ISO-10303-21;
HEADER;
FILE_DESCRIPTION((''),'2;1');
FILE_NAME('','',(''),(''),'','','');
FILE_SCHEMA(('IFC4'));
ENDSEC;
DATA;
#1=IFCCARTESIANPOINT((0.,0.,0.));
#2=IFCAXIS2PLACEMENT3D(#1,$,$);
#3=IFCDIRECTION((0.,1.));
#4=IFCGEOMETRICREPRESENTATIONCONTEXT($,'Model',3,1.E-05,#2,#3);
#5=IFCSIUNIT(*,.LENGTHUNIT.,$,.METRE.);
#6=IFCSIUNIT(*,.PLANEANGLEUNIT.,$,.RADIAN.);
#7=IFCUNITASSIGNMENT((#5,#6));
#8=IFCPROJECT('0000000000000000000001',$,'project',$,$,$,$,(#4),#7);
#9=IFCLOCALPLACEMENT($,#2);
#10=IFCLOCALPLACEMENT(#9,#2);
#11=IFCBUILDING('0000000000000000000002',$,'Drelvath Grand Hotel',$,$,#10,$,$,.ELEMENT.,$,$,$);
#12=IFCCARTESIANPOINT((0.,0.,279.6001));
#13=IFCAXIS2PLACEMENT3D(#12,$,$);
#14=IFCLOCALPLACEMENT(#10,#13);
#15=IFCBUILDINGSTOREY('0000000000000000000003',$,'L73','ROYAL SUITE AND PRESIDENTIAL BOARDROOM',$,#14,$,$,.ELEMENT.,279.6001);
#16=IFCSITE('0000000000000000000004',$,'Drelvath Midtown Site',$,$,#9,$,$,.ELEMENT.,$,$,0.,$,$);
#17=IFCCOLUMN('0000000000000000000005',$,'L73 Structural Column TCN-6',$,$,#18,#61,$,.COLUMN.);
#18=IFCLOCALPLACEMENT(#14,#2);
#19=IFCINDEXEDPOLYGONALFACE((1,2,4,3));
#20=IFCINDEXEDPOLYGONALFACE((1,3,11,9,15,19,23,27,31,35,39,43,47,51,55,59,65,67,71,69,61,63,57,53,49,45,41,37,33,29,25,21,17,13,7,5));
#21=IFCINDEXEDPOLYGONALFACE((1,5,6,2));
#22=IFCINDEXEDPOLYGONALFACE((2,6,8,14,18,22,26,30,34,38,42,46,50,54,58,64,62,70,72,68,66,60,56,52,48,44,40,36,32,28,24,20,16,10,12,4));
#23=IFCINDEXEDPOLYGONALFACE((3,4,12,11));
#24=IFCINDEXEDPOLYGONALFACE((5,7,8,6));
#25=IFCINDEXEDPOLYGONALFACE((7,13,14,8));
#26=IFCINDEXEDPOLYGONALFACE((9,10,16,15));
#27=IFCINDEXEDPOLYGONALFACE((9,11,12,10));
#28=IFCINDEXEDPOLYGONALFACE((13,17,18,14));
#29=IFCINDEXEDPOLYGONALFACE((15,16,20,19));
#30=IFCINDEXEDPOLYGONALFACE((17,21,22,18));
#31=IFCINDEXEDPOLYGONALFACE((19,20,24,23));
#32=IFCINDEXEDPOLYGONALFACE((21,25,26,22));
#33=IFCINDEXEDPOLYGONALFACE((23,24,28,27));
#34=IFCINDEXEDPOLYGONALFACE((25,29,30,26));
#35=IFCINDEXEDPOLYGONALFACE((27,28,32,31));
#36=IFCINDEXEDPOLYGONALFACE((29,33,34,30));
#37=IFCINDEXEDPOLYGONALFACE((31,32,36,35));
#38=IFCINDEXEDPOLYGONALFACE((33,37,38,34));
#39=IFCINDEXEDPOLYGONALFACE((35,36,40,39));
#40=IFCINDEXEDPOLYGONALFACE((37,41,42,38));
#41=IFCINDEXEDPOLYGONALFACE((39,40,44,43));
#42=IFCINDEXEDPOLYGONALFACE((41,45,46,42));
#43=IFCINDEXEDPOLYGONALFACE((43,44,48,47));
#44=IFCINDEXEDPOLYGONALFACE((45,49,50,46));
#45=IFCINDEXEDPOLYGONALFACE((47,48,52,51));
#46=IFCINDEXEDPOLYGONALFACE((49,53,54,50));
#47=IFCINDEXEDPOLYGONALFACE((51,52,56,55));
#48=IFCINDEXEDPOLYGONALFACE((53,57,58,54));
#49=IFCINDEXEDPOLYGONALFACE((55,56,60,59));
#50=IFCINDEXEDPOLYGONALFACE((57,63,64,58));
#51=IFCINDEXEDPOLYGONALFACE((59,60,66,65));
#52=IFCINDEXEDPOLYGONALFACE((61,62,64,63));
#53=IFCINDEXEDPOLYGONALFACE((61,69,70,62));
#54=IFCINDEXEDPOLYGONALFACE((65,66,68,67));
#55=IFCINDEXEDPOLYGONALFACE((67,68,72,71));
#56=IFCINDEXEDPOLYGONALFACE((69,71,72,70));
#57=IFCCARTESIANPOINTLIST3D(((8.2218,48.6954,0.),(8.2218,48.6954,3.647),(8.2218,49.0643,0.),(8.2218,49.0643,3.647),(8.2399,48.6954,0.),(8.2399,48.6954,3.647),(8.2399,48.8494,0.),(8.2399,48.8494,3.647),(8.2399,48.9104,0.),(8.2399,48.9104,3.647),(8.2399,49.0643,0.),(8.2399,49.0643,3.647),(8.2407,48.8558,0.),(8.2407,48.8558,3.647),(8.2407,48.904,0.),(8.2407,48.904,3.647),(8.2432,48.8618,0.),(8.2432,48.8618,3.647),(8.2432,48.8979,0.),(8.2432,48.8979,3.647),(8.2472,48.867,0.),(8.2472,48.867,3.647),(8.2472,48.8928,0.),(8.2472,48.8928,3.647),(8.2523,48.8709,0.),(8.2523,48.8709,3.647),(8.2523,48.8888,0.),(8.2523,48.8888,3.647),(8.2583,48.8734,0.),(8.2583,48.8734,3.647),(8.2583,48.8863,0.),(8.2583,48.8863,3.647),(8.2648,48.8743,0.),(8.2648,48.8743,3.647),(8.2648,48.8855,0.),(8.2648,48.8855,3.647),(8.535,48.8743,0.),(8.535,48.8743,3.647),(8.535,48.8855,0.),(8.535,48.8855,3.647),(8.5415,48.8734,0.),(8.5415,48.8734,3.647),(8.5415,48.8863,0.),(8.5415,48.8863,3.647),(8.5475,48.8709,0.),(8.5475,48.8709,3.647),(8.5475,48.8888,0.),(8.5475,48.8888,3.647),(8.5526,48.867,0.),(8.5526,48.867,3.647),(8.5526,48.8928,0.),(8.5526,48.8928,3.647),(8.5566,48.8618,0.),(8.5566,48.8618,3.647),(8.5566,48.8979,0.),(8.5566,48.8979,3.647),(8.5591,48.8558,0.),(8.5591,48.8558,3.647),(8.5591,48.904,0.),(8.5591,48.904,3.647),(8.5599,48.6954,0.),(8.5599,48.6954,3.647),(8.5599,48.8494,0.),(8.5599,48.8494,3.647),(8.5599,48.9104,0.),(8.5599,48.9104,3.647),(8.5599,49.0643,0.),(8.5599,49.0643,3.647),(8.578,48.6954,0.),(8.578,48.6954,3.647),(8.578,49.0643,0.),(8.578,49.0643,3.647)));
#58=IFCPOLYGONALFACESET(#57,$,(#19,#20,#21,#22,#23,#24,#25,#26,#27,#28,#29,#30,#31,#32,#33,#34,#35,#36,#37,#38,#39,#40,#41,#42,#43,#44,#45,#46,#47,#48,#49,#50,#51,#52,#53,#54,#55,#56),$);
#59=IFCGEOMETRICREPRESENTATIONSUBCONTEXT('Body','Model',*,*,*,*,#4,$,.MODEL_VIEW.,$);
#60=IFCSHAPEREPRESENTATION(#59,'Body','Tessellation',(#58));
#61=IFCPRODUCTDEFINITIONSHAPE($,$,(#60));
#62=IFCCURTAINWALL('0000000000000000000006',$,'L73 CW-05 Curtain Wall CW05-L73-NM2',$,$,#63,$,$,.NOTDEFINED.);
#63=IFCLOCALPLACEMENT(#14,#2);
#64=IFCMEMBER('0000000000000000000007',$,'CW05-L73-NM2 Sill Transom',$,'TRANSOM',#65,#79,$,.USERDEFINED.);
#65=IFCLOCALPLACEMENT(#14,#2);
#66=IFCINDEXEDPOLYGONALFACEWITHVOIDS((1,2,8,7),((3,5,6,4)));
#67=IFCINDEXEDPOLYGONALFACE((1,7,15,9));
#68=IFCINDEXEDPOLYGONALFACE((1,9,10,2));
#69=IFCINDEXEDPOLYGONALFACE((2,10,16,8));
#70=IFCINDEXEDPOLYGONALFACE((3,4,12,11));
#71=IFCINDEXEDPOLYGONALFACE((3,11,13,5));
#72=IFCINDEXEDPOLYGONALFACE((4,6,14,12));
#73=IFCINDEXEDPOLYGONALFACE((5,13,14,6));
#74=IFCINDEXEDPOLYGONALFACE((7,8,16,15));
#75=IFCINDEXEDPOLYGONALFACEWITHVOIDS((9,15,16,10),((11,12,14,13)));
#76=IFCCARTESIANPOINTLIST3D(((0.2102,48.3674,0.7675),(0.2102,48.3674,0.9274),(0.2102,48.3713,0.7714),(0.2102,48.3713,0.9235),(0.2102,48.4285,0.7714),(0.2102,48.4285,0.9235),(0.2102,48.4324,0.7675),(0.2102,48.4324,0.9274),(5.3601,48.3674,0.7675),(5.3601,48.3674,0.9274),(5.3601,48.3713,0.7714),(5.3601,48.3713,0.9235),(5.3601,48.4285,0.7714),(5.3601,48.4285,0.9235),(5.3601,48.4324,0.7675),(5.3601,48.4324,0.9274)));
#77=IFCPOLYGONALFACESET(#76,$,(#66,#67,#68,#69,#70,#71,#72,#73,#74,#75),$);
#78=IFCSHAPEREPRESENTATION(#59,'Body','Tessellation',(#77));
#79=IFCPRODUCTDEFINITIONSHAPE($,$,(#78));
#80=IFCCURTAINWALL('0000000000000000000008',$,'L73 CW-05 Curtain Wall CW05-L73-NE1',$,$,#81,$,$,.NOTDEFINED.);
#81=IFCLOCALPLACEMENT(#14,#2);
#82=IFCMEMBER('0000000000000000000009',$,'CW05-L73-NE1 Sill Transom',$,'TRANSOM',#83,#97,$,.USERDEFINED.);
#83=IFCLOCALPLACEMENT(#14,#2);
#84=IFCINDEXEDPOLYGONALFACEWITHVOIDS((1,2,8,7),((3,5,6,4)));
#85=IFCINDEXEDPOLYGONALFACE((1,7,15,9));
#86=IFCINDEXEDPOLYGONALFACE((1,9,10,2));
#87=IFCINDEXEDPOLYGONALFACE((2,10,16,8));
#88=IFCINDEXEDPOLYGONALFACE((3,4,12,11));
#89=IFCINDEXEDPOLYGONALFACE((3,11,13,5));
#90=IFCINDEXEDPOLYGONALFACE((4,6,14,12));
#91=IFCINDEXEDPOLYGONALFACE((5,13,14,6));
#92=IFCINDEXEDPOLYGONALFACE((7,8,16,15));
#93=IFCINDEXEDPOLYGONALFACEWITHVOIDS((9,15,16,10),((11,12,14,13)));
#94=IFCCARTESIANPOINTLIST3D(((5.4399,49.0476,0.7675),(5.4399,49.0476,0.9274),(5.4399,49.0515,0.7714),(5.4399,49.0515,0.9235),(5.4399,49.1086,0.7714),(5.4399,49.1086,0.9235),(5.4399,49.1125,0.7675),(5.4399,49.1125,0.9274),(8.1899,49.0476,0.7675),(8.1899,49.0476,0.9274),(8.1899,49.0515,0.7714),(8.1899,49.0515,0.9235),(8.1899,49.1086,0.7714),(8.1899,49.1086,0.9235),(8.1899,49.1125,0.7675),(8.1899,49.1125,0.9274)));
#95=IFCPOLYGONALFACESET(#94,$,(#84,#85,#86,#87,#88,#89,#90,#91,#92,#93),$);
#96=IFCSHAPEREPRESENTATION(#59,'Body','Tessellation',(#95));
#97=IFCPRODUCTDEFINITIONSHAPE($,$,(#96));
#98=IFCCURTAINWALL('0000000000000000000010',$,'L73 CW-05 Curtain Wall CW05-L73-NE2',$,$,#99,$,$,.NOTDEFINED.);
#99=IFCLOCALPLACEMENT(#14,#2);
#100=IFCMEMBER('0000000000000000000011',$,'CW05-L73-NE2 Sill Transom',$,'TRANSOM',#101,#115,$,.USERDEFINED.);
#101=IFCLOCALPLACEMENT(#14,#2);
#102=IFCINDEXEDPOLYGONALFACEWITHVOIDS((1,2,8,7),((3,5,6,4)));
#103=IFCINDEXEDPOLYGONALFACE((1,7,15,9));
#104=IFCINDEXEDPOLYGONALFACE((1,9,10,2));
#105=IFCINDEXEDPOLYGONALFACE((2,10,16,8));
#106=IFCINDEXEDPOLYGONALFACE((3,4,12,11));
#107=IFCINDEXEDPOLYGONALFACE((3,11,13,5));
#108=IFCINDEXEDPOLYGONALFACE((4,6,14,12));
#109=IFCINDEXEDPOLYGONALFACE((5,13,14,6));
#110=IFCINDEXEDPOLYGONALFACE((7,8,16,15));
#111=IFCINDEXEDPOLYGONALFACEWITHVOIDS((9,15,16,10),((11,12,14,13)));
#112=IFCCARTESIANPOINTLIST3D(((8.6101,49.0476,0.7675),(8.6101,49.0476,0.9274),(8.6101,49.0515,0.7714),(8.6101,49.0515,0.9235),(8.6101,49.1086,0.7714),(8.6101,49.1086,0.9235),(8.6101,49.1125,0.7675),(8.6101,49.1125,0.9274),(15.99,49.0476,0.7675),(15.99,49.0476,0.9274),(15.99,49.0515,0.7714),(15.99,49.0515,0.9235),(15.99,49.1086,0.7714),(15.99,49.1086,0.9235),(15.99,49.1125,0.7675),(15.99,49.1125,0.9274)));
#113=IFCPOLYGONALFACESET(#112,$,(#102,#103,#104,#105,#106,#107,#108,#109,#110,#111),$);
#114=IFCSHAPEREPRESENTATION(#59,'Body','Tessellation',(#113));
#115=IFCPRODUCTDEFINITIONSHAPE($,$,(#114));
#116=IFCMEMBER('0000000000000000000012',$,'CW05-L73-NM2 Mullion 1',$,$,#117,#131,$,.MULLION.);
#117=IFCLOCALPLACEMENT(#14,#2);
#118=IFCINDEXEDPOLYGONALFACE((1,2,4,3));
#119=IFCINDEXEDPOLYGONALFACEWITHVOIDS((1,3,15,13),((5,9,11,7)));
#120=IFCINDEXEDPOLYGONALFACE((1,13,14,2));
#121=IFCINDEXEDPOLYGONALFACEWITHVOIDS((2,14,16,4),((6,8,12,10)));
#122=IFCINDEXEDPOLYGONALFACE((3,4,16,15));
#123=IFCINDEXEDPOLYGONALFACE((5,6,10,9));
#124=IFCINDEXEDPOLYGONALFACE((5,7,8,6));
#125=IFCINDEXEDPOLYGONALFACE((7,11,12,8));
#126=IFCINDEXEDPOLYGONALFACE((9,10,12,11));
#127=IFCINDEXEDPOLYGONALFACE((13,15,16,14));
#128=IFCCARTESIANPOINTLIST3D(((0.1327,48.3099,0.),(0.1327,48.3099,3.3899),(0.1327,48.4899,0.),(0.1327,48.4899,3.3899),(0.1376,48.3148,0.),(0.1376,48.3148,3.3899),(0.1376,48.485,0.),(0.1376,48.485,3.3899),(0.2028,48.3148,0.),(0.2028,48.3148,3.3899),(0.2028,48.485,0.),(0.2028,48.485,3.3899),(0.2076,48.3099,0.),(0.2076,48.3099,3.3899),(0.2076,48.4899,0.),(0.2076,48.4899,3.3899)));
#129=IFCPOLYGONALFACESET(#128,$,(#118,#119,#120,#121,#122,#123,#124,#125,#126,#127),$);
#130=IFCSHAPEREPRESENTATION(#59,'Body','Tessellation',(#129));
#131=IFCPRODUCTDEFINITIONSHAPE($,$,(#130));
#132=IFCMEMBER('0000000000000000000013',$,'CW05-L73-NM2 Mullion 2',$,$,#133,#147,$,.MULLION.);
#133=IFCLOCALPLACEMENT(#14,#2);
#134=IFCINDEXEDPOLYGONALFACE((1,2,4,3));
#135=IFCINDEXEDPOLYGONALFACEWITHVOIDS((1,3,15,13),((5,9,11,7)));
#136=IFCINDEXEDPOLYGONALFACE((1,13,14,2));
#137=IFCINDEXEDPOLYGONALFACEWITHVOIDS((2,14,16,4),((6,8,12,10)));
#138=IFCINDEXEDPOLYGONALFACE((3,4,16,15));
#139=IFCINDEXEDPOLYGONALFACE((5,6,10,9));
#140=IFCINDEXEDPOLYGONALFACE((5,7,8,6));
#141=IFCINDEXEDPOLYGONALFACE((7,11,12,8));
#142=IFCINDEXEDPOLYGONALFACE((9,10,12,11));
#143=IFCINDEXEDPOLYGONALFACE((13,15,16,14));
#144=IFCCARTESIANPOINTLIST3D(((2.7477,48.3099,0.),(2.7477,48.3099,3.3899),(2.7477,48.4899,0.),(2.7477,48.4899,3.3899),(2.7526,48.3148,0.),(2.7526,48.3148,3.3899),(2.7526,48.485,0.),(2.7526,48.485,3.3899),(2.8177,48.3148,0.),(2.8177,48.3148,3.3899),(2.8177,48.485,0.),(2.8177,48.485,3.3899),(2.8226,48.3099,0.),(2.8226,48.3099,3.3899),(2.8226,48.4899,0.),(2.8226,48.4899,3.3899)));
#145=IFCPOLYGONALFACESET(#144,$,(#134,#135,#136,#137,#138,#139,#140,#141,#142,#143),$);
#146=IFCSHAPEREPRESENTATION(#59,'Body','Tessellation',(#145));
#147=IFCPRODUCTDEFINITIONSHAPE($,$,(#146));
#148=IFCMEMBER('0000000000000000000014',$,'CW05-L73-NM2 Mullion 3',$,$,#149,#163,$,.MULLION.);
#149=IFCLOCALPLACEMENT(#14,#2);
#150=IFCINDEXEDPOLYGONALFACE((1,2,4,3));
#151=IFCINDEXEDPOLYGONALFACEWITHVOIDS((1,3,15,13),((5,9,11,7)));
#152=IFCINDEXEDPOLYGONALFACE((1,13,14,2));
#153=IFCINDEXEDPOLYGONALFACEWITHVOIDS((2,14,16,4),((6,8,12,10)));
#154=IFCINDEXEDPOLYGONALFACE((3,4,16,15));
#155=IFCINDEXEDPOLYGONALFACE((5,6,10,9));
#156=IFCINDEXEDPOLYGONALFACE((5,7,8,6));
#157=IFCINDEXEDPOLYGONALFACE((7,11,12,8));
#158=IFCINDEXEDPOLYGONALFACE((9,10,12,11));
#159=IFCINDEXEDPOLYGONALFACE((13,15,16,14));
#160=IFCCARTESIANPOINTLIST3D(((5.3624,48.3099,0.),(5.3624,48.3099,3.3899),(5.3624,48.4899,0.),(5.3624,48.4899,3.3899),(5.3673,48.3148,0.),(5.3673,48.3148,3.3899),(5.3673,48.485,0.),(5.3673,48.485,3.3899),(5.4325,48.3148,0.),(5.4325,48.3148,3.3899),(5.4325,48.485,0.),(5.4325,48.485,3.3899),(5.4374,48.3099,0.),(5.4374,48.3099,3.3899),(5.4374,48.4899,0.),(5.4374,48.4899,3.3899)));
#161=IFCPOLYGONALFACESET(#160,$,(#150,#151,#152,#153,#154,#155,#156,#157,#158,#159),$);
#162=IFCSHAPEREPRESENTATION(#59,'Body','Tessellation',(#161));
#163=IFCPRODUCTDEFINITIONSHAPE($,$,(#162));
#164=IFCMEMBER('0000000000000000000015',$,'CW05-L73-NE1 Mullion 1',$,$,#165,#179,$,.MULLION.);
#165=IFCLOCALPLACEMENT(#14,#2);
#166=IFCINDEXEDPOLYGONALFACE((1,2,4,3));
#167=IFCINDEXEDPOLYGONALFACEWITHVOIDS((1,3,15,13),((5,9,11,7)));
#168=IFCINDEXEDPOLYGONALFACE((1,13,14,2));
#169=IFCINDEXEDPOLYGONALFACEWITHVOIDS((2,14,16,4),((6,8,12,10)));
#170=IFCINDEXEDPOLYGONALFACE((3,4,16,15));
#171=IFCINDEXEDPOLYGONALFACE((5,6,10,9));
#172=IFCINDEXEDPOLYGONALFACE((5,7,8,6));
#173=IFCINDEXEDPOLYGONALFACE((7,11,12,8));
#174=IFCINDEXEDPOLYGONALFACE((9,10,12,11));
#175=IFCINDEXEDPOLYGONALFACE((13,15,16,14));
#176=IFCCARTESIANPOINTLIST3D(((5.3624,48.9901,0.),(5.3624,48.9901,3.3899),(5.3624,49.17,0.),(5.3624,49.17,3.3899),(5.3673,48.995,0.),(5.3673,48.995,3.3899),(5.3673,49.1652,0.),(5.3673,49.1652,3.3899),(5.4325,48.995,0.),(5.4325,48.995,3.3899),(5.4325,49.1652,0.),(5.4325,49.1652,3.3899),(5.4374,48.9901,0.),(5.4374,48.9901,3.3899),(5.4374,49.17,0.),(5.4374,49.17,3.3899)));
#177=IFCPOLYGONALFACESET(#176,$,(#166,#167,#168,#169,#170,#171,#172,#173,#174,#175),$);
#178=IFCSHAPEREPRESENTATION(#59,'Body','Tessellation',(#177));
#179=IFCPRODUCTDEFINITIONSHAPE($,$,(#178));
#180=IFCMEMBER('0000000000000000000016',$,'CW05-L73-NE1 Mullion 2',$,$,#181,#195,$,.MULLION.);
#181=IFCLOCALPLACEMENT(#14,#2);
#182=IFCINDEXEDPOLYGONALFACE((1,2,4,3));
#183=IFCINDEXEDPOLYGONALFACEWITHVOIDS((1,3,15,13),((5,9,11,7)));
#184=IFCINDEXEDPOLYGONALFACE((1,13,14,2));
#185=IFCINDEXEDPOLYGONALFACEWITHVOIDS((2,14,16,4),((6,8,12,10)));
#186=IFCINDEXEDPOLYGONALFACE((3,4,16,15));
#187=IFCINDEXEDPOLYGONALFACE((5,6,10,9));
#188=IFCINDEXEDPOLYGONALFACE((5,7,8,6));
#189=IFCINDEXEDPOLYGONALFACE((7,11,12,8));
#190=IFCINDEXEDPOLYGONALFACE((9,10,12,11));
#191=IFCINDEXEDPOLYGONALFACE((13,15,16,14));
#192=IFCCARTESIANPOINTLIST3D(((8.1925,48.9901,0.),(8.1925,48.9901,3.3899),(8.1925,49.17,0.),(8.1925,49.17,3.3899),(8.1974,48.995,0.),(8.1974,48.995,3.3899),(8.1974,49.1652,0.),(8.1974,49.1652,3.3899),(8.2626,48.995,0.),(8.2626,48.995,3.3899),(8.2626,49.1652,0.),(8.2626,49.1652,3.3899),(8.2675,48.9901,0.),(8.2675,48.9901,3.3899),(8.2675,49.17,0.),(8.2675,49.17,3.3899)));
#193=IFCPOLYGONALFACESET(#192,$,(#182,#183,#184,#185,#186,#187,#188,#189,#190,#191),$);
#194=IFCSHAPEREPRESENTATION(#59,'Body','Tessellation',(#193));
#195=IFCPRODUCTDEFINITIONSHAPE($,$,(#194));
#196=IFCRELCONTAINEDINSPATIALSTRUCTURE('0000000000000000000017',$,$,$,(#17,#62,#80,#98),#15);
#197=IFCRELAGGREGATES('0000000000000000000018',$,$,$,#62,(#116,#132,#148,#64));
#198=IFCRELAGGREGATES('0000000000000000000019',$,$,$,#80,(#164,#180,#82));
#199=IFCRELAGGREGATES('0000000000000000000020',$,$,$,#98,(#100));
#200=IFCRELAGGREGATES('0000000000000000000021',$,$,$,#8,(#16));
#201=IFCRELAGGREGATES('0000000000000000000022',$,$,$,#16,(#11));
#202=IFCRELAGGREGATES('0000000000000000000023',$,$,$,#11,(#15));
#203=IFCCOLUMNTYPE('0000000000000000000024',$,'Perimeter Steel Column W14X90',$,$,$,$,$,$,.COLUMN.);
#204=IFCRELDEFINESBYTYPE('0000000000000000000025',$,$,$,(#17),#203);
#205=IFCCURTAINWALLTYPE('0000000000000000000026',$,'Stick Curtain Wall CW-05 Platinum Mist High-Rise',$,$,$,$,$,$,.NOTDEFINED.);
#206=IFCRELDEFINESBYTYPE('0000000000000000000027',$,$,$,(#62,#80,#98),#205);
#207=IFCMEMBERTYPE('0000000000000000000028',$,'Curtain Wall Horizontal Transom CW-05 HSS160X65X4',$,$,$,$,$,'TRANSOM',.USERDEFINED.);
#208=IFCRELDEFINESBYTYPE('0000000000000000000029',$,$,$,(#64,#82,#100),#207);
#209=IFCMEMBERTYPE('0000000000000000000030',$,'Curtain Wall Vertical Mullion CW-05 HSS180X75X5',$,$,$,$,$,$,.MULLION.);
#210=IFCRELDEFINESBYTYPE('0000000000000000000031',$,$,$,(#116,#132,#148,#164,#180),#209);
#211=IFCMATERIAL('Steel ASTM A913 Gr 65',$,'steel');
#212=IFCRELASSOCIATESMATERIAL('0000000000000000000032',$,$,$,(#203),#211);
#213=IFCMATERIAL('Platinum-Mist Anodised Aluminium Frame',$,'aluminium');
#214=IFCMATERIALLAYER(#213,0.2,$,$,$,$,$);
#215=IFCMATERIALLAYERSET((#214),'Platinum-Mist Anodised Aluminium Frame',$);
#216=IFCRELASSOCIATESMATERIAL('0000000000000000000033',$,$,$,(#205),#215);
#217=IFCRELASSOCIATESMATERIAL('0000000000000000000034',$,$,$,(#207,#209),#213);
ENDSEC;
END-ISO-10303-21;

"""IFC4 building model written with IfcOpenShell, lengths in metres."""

from ifc_helpers import new_model, si_unit, direction, frame, origin, origin_2d, place, context, subcontext, project, spatial, hollow_rectangle, i_section, extrude, material, layer, layer_set, material_profile, profile_set, type_object, element, aggregate, save


model = new_model("IFC4")

# Units and contexts
model_context = context("Model", 3, precision=1e-05, world=origin(), true_north=direction((0.0, 1.0)))
body_context = subcontext(model_context, "Body", "Model", "MODEL_VIEW")
ifc_project = project(units=[si_unit("LENGTHUNIT", "METRE"), si_unit("PLANEANGLEUNIT", "RADIAN")], contexts=[model_context])

# Site, building, storey
site_placement = place(None, origin())
site = spatial("IfcSite", under=ifc_project, at=site_placement, Name="Drelvath Midtown Site", CompositionType="ELEMENT", RefElevation=0.0)
building_placement = place(site_placement, origin())
building = spatial("IfcBuilding", under=site, at=building_placement, Name="Drelvath Grand Hotel", CompositionType="ELEMENT")
storey_placement = place(building_placement, frame((0.0, 0.0, 279.6001)))
storey = spatial("IfcBuildingStorey", under=building, at=storey_placement, Name="L73", Description="ROYAL SUITE AND PRESIDENTIAL BOARDROOM", CompositionType="ELEMENT", Elevation=279.6001)

# Column
ifc_material_1 = material(Name="Steel ASTM A913 Gr 65", Category="steel")
ifc_material_profile_1 = material_profile(ifc_material_1, i_section(OverallWidth=0.3689, OverallDepth=0.3562, WebThickness=0.0112, FlangeThickness=0.0181, FilletRadius=0.0249, at=origin_2d()), Name="W14X90")
ifc_profile_set_1 = profile_set([ifc_material_profile_1], Name="Steel ASTM A913 Gr 65")
column_type = type_object("IfcColumnType", Name="Perimeter Steel Column W14X90", PredefinedType="COLUMN", material=ifc_profile_set_1)
column_placement = place(storey_placement, frame((8.3999, 48.8799, 0.0), z_axis=(0.0, 0.0, 1.0), x_axis=(0.0, 1.0, 0.0)))
element("IfcColumn", 1, at=column_placement, inside=storey, type_object=column_type, Name="L73 Structural Column TCN-6", PredefinedType="COLUMN", context=body_context, shape_type="SweptSolid", body=[
    extrude(i_section(OverallWidth=0.3689, OverallDepth=0.3562, WebThickness=0.0112, FlangeThickness=0.0181, FilletRadius=0.0249, at=origin_2d()), origin(), (0.0, 0.0, 1.0), 3.647),
])

# Curtain walls, members
ifc_material_2 = material(Name="Platinum-Mist Anodised Aluminium Frame", Category="aluminium")
ifc_layer_1 = layer(ifc_material_2, 0.2)
ifc_layer_set_1 = layer_set([ifc_layer_1], Name="Platinum-Mist Anodised Aluminium Frame")
curtain_wall_type = type_object("IfcCurtainWallType", Name="Stick Curtain Wall CW-05 Platinum Mist High-Rise", PredefinedType="NOTDEFINED", material=ifc_layer_set_1)
curtain_wall_1_placement = place(storey_placement, origin())
curtain_wall_1 = element("IfcCurtainWall", 2, at=curtain_wall_1_placement, inside=storey, type_object=curtain_wall_type, Name="L73 CW-05 Curtain Wall CW05-L73-NM2", PredefinedType="NOTDEFINED")
ifc_material_profile_2 = material_profile(ifc_material_2, hollow_rectangle(XDim=0.0649, YDim=0.1599, WallThickness=0.0039, at=origin_2d()), Name="HSS160X65X4")
ifc_profile_set_2 = profile_set([ifc_material_profile_2], Name="Platinum-Mist Anodised Aluminium Frame")
member_type_1 = type_object("IfcMemberType", Name="Curtain Wall Horizontal Transom CW-05 HSS160X65X4", ElementType="TRANSOM", PredefinedType="USERDEFINED", material=ifc_profile_set_2)
member_1_placement = place(storey_placement, frame((0.2102, 48.3999, 0.8474), z_axis=(1.0, 0.0, 0.0), x_axis=(0.0, 1.0, 0.0)))
member_1 = element("IfcMember", 3, at=member_1_placement, type_object=member_type_1, Name="CW05-L73-NM2 Sill Transom", ObjectType="TRANSOM", PredefinedType="USERDEFINED", context=body_context, shape_type="SweptSolid", body=[
    extrude(hollow_rectangle(XDim=0.0649, YDim=0.1599, WallThickness=0.0039, at=origin_2d()), origin(), (0.0, 0.0, 1.0), 5.1499),
])
curtain_wall_2_placement = place(storey_placement, origin())
curtain_wall_2 = element("IfcCurtainWall", 4, at=curtain_wall_2_placement, inside=storey, type_object=curtain_wall_type, Name="L73 CW-05 Curtain Wall CW05-L73-NE1", PredefinedType="NOTDEFINED")
member_2_placement = place(storey_placement, frame((5.4399, 49.0801, 0.8474), z_axis=(1.0, 0.0, 0.0), x_axis=(0.0, 1.0, 0.0)))
member_2 = element("IfcMember", 5, at=member_2_placement, type_object=member_type_1, Name="CW05-L73-NE1 Sill Transom", ObjectType="TRANSOM", PredefinedType="USERDEFINED", context=body_context, shape_type="SweptSolid", body=[
    extrude(hollow_rectangle(XDim=0.0649, YDim=0.1599, WallThickness=0.0039, at=origin_2d()), origin(), (0.0, 0.0, 1.0), 2.75),
])
curtain_wall_3_placement = place(storey_placement, origin())
curtain_wall_3 = element("IfcCurtainWall", 6, at=curtain_wall_3_placement, inside=storey, type_object=curtain_wall_type, Name="L73 CW-05 Curtain Wall CW05-L73-NE2", PredefinedType="NOTDEFINED")
member_3_placement = place(storey_placement, frame((8.6101, 49.0801, 0.8474), z_axis=(1.0, 0.0, 0.0), x_axis=(0.0, 1.0, 0.0)))
member_3 = element("IfcMember", 7, at=member_3_placement, type_object=member_type_1, Name="CW05-L73-NE2 Sill Transom", ObjectType="TRANSOM", PredefinedType="USERDEFINED", context=body_context, shape_type="SweptSolid", body=[
    extrude(hollow_rectangle(XDim=0.0649, YDim=0.1599, WallThickness=0.0039, at=origin_2d()), origin(), (0.0, 0.0, 1.0), 7.3799),
])

# Members
ifc_material_profile_3 = material_profile(ifc_material_2, hollow_rectangle(XDim=0.075, YDim=0.1799, WallThickness=0.0049, at=origin_2d()), Name="HSS180X75X5")
ifc_profile_set_3 = profile_set([ifc_material_profile_3], Name="Platinum-Mist Anodised Aluminium Frame")
member_type_2 = type_object("IfcMemberType", Name="Curtain Wall Vertical Mullion CW-05 HSS180X75X5", PredefinedType="MULLION", material=ifc_profile_set_3)
member_4_placement = place(storey_placement, frame((0.1702, 48.3999, 0.0), z_axis=(0.0, 0.0, 1.0), x_axis=(1.0, 0.0, 0.0)))
member_4 = element("IfcMember", 8, at=member_4_placement, type_object=member_type_2, Name="CW05-L73-NM2 Mullion 1", PredefinedType="MULLION", context=body_context, shape_type="SweptSolid", body=[
    extrude(hollow_rectangle(XDim=0.075, YDim=0.1799, WallThickness=0.0049, at=origin_2d()), origin(), (0.0, 0.0, 1.0), 3.3899),
])
member_5_placement = place(storey_placement, frame((2.7852, 48.3999, 0.0), z_axis=(0.0, 0.0, 1.0), x_axis=(1.0, 0.0, 0.0)))
member_5 = element("IfcMember", 9, at=member_5_placement, type_object=member_type_2, Name="CW05-L73-NM2 Mullion 2", PredefinedType="MULLION", context=body_context, shape_type="SweptSolid", body=[
    extrude(hollow_rectangle(XDim=0.075, YDim=0.1799, WallThickness=0.0049, at=origin_2d()), origin(), (0.0, 0.0, 1.0), 3.3899),
])
member_6_placement = place(storey_placement, frame((5.3999, 48.3999, 0.0), z_axis=(0.0, 0.0, 1.0), x_axis=(1.0, 0.0, 0.0)))
member_6 = element("IfcMember", 10, at=member_6_placement, type_object=member_type_2, Name="CW05-L73-NM2 Mullion 3", PredefinedType="MULLION", context=body_context, shape_type="SweptSolid", body=[
    extrude(hollow_rectangle(XDim=0.075, YDim=0.1799, WallThickness=0.0049, at=origin_2d()), origin(), (0.0, 0.0, 1.0), 3.3899),
])
member_7_placement = place(storey_placement, frame((5.3999, 49.0801, 0.0), z_axis=(0.0, 0.0, 1.0), x_axis=(1.0, 0.0, 0.0)))
member_7 = element("IfcMember", 11, at=member_7_placement, type_object=member_type_2, Name="CW05-L73-NE1 Mullion 1", PredefinedType="MULLION", context=body_context, shape_type="SweptSolid", body=[
    extrude(hollow_rectangle(XDim=0.075, YDim=0.1799, WallThickness=0.0049, at=origin_2d()), origin(), (0.0, 0.0, 1.0), 3.3899),
])
member_8_placement = place(storey_placement, frame((8.23, 49.0801, 0.0), z_axis=(0.0, 0.0, 1.0), x_axis=(1.0, 0.0, 0.0)))
member_8 = element("IfcMember", 12, at=member_8_placement, type_object=member_type_2, Name="CW05-L73-NE1 Mullion 2", PredefinedType="MULLION", context=body_context, shape_type="SweptSolid", body=[
    extrude(hollow_rectangle(XDim=0.075, YDim=0.1799, WallThickness=0.0049, at=origin_2d()), origin(), (0.0, 0.0, 1.0), 3.3899),
])

aggregate(curtain_wall_1, [member_4, member_5, member_6, member_1])
aggregate(curtain_wall_2, [member_7, member_8, member_2])
aggregate(curtain_wall_3, [member_3])

save(model, "model.ifc")
